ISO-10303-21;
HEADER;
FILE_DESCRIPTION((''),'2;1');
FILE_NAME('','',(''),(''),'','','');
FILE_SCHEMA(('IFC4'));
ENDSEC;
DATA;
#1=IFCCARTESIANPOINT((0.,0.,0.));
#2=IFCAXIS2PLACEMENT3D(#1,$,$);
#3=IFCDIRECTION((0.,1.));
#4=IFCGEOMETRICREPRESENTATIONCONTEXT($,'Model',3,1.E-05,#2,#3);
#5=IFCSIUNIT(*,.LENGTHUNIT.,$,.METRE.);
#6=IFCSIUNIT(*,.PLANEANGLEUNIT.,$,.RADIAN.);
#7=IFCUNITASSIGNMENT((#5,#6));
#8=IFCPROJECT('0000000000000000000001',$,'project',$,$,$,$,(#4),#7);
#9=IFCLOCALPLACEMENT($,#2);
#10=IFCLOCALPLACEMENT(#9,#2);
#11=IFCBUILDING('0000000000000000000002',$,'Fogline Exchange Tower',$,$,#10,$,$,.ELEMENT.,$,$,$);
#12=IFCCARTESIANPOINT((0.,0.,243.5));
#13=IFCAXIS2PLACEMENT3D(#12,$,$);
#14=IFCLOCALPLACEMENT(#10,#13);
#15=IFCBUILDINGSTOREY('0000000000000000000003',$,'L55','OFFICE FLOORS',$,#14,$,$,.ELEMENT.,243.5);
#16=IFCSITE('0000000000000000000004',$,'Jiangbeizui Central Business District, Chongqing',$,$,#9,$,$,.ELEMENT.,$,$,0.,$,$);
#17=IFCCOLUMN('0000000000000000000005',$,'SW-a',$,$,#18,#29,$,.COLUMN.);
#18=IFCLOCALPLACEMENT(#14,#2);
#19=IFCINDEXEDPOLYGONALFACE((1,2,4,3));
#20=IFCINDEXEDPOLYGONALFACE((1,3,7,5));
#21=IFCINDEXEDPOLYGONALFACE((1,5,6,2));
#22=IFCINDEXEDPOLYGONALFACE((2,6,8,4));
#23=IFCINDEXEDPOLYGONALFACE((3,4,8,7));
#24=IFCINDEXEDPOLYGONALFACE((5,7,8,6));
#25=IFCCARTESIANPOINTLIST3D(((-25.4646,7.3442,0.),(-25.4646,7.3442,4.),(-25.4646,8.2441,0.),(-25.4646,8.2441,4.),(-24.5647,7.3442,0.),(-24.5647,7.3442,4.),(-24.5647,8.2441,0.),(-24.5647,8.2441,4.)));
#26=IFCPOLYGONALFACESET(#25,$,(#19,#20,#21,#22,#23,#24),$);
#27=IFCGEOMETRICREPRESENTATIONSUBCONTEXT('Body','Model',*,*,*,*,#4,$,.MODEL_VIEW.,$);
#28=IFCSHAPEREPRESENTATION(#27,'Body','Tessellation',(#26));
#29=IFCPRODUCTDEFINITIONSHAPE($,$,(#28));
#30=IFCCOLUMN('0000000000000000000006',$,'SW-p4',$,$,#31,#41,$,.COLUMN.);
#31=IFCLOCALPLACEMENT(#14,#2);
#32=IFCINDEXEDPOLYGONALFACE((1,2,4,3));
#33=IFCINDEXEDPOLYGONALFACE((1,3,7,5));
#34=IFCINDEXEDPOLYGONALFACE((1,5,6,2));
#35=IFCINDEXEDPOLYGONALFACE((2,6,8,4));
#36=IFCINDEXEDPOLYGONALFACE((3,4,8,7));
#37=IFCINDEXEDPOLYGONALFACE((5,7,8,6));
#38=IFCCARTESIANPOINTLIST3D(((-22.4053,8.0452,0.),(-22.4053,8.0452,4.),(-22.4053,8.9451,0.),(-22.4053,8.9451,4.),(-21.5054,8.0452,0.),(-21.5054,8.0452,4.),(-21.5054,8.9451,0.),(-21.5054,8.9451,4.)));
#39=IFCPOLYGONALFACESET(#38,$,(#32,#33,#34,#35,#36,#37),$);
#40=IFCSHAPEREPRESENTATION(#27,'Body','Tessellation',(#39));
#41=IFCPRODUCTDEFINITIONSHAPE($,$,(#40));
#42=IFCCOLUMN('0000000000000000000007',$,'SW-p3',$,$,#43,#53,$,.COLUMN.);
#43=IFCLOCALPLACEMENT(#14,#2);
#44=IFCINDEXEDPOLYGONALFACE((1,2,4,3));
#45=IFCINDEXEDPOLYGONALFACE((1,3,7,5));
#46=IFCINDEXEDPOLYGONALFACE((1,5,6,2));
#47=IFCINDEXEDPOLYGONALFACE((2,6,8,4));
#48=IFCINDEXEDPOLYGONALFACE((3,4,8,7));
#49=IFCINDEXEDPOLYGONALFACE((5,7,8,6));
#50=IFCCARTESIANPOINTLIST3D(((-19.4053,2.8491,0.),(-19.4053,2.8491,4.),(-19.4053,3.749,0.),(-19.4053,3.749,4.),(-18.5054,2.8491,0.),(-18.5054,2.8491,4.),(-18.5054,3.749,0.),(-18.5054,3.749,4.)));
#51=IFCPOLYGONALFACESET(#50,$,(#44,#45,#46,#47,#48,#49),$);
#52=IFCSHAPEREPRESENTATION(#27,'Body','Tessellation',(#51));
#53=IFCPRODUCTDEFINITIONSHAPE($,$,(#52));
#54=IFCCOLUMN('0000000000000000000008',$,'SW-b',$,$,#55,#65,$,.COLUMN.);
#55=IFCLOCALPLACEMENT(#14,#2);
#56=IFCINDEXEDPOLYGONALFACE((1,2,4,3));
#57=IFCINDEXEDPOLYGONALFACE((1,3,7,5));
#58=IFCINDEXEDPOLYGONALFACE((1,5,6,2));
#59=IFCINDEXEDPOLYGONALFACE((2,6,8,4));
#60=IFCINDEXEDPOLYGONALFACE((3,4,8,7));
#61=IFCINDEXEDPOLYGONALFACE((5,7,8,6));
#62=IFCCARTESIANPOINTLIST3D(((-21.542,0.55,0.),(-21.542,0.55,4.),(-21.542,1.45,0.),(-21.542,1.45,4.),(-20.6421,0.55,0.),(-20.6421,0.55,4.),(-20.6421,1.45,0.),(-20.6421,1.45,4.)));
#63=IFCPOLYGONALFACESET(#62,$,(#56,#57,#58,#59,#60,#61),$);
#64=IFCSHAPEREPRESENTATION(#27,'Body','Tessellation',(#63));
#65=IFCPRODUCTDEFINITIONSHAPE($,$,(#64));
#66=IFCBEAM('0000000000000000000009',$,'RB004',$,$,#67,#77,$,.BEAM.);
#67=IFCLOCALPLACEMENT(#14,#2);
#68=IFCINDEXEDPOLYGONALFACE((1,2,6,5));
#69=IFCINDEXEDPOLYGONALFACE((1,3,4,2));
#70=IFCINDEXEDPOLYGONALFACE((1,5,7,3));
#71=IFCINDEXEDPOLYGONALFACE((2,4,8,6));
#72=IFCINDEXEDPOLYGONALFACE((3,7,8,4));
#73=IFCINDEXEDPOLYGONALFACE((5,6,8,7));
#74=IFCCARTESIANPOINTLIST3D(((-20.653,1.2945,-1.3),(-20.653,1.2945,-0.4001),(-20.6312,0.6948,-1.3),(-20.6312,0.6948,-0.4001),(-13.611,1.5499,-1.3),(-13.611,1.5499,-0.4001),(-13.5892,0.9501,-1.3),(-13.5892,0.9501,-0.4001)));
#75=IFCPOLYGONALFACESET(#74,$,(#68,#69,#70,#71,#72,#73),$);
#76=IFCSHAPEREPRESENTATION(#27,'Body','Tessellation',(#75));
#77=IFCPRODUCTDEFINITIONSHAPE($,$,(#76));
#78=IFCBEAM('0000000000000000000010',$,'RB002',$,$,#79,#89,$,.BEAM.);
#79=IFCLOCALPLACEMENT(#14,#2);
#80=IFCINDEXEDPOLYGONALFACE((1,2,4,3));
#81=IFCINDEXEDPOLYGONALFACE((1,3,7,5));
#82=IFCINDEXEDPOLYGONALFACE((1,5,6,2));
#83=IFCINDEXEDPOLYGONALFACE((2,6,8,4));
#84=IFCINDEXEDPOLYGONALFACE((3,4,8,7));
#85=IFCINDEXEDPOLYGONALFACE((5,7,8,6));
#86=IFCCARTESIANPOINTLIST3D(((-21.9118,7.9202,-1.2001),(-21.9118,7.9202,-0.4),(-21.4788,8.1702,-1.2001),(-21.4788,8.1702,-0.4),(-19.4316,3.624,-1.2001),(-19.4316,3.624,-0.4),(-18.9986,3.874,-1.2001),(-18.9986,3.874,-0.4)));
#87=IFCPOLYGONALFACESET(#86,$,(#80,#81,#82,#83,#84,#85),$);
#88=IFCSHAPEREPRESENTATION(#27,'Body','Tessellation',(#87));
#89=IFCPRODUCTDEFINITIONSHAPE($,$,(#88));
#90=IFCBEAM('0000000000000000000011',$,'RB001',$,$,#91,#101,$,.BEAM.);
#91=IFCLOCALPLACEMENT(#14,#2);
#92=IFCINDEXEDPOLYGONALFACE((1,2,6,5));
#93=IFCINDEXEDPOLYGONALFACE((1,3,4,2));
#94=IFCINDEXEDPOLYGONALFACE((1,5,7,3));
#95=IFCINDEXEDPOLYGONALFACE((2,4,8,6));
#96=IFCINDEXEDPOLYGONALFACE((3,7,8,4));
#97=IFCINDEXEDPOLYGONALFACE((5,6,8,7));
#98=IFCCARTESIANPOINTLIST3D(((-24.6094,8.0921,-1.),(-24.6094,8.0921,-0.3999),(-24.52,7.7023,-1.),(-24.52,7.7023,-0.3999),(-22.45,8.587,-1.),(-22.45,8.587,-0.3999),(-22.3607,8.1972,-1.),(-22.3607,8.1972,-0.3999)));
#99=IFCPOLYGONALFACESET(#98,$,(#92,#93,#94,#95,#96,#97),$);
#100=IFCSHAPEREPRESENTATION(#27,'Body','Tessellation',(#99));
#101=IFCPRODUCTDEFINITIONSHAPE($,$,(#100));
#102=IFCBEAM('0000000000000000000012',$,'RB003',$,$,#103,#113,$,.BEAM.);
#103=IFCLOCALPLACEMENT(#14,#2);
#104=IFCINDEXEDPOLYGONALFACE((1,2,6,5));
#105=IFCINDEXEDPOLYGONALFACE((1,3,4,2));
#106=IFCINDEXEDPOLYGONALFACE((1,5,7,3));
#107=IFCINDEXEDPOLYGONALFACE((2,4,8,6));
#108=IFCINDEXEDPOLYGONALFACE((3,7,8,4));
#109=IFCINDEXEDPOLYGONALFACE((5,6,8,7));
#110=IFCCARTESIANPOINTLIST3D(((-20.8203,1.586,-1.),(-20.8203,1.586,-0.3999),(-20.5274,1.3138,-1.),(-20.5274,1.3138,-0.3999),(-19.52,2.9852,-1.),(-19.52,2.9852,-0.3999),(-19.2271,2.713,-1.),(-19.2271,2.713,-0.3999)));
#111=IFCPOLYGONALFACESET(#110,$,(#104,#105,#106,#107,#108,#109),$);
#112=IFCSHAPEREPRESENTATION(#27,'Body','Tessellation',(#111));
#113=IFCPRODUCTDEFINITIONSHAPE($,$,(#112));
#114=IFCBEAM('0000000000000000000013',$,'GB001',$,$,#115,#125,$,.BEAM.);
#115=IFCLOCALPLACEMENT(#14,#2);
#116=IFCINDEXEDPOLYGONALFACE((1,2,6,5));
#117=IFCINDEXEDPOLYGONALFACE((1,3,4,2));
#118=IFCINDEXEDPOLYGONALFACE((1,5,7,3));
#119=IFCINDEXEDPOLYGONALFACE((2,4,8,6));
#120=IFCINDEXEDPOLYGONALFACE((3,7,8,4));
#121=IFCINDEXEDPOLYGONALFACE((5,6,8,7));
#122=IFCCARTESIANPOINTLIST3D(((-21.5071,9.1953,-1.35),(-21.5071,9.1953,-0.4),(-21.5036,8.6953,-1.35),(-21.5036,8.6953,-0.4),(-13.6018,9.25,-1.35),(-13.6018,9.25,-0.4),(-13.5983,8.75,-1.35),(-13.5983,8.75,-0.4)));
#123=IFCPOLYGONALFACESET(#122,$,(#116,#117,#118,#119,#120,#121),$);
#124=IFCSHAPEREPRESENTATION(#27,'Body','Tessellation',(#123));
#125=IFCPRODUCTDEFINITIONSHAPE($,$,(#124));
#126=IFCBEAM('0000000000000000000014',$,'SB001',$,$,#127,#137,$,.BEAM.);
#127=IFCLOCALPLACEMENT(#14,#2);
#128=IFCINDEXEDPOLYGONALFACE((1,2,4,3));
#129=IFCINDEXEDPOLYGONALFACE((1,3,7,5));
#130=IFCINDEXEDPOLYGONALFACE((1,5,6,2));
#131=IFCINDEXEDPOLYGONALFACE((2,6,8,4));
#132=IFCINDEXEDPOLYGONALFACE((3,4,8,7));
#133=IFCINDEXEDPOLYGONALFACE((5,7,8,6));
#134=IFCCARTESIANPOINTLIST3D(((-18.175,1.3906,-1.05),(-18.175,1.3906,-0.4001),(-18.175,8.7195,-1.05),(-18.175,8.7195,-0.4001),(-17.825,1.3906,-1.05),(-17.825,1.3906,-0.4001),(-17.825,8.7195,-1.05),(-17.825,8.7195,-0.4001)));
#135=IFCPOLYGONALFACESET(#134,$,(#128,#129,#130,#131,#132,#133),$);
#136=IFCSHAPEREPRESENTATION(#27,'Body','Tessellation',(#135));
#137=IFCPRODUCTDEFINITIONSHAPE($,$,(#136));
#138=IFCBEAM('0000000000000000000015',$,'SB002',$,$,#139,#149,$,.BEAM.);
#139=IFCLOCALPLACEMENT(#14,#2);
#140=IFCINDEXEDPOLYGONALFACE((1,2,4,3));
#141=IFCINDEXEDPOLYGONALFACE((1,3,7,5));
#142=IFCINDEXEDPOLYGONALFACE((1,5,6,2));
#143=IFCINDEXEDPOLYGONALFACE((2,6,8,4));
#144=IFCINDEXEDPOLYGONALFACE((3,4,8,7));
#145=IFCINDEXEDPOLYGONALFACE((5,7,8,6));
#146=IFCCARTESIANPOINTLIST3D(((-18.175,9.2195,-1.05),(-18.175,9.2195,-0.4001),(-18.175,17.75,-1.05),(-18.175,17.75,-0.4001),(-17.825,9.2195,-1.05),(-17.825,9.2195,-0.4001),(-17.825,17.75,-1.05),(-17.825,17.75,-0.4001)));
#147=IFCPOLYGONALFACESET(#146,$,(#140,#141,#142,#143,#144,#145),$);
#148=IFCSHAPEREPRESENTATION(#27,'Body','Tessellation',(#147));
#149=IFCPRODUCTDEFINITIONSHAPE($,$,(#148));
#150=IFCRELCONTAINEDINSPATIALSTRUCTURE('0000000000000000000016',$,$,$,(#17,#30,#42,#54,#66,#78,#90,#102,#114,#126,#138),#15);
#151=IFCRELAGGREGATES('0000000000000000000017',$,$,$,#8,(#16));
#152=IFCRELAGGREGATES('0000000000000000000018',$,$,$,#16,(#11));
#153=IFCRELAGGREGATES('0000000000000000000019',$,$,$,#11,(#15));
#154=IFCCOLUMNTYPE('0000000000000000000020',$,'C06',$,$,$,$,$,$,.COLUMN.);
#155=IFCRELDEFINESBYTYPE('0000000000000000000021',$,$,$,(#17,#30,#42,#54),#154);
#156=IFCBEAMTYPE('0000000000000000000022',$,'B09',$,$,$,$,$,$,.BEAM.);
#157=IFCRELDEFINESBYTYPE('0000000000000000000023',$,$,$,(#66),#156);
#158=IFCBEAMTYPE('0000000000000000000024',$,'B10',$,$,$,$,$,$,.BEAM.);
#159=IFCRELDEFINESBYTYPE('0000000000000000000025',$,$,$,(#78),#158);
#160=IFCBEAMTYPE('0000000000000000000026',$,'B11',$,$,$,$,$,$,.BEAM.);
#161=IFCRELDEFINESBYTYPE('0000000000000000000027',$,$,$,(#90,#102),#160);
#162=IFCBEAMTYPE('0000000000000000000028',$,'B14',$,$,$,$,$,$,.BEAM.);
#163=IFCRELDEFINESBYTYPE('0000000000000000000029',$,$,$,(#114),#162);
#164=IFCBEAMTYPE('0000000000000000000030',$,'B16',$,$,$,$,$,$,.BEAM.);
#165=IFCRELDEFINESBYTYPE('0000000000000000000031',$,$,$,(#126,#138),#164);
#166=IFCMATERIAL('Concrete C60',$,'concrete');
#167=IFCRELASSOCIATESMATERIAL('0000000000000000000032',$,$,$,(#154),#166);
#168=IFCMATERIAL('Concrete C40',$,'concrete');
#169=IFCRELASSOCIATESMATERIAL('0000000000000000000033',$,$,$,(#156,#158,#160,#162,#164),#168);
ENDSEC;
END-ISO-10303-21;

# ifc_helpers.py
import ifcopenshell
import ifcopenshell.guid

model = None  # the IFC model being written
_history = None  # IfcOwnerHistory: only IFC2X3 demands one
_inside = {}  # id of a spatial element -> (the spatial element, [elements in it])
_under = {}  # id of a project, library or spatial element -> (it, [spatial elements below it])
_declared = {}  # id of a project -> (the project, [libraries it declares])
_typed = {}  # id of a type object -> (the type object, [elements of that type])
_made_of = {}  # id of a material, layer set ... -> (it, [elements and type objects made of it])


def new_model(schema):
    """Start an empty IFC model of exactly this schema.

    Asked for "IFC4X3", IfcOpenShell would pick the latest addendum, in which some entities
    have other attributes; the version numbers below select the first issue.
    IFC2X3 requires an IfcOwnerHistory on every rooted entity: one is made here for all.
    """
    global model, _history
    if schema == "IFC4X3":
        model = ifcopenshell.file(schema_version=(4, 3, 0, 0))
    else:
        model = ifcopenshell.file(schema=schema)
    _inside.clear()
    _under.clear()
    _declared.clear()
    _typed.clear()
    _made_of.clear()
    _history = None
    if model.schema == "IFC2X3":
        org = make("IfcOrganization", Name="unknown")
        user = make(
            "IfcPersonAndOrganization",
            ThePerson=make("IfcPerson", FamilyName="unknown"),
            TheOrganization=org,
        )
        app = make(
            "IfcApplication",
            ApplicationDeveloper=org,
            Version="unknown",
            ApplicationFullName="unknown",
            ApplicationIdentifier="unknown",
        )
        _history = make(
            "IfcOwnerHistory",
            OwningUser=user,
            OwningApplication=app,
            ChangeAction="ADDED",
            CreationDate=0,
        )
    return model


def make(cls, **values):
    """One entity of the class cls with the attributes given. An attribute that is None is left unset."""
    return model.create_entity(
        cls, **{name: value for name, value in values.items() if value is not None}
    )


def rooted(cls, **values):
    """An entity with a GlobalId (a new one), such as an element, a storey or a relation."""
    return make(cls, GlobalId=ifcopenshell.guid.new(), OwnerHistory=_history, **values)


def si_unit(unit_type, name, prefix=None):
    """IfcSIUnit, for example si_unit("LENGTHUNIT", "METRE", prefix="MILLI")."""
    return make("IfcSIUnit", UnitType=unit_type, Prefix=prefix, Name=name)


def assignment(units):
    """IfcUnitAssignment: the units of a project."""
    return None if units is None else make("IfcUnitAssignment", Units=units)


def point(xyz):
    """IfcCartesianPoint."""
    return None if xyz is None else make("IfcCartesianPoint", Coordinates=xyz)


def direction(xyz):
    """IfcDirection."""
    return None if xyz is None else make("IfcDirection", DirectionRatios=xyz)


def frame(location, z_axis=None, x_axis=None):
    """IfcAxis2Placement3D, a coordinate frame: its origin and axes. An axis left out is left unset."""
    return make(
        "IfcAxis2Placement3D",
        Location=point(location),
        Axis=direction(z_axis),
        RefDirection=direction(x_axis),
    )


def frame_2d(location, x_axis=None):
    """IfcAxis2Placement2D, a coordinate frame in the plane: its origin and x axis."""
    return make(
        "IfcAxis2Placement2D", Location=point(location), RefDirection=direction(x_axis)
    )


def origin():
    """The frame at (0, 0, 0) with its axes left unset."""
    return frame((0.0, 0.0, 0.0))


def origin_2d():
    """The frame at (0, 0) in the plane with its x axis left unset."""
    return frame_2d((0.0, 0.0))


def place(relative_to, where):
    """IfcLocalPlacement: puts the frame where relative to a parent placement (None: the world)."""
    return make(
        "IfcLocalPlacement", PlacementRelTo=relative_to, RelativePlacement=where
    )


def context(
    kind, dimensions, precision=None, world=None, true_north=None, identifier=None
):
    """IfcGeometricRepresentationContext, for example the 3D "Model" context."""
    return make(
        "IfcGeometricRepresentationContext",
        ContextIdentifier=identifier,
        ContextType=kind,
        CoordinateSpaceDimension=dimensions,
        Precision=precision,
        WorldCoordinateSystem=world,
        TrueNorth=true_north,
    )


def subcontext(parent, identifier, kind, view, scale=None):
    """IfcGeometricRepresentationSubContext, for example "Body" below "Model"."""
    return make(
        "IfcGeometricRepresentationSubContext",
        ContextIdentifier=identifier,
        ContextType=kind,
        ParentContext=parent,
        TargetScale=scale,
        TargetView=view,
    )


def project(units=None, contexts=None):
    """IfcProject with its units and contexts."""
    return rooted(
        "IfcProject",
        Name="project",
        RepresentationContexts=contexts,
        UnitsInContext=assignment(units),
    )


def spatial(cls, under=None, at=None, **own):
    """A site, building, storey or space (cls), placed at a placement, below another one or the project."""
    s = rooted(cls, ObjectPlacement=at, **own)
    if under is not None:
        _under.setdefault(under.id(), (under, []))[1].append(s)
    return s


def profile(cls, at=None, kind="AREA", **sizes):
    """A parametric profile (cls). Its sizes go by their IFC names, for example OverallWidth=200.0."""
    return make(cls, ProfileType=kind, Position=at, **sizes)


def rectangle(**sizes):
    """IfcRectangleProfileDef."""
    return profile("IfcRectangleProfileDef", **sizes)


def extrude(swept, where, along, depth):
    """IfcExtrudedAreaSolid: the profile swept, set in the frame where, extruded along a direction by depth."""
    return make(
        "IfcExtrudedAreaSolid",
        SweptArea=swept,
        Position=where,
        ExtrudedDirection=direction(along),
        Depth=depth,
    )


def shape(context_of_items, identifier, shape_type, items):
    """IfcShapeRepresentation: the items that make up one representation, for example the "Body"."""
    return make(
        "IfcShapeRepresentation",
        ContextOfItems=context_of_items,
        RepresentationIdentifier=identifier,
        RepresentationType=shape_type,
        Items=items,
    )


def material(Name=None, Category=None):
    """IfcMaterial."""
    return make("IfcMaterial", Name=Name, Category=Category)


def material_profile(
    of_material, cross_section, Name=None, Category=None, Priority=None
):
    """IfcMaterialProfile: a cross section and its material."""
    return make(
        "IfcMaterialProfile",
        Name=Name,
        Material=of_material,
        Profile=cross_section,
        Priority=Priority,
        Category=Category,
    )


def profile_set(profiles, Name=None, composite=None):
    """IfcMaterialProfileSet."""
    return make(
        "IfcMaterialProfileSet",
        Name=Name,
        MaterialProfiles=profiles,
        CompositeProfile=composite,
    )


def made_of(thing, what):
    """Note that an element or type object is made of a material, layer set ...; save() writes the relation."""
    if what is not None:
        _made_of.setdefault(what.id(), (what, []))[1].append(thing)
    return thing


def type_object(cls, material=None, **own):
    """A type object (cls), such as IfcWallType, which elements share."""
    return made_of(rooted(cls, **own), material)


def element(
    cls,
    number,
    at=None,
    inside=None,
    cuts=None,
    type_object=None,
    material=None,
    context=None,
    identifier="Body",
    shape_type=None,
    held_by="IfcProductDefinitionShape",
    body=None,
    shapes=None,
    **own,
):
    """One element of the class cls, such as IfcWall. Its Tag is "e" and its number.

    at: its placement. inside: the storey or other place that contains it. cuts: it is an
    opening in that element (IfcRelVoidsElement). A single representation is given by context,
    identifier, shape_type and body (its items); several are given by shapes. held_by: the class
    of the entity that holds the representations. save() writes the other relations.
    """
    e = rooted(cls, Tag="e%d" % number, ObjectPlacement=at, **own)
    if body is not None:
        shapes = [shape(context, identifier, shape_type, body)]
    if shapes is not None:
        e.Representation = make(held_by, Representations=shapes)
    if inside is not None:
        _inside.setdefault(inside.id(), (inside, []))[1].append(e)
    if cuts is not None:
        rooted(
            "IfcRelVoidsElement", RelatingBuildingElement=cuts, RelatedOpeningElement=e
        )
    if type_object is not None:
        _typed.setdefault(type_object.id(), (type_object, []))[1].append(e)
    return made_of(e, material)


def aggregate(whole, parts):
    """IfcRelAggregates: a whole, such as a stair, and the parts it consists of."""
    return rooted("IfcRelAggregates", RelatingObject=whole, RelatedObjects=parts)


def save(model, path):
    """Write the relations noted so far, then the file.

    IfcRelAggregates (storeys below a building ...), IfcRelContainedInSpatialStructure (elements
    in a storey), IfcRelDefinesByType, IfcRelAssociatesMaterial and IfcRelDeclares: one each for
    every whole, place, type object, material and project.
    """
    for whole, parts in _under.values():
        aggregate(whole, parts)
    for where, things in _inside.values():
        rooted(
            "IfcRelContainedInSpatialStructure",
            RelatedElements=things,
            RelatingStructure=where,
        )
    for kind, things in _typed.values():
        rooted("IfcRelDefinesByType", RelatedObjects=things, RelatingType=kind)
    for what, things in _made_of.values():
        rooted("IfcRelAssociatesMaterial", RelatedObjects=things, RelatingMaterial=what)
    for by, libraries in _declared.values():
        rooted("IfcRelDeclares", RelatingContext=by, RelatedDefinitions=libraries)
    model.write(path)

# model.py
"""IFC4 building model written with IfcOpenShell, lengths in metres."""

from ifc_helpers import new_model, si_unit, direction, frame, origin, origin_2d, place, context, subcontext, project, spatial, rectangle, extrude, material, material_profile, profile_set, type_object, element, save


model = new_model("IFC4")

# Units and contexts
model_context = context("Model", 3, precision=1e-05, world=origin(), true_north=direction((0.0, 1.0)))
body_context = subcontext(model_context, "Body", "Model", "MODEL_VIEW")
ifc_project = project(units=[si_unit("LENGTHUNIT", "METRE"), si_unit("PLANEANGLEUNIT", "RADIAN")], contexts=[model_context])

# Site, building, storey
site_placement = place(None, origin())
site = spatial("IfcSite", under=ifc_project, at=site_placement, Name="Jiangbeizui Central Business District, Chongqing", CompositionType="ELEMENT", RefElevation=0.0)
building_placement = place(site_placement, origin())
building = spatial("IfcBuilding", under=site, at=building_placement, Name="Fogline Exchange Tower", CompositionType="ELEMENT")
storey_placement = place(building_placement, frame((0.0, 0.0, 243.5)))
storey = spatial("IfcBuildingStorey", under=building, at=storey_placement, Name="L55", Description="OFFICE FLOORS", CompositionType="ELEMENT", Elevation=243.5)

# Columns
ifc_material_1 = material(Name="Concrete C60", Category="concrete")
ifc_material_profile_1 = material_profile(ifc_material_1, rectangle(XDim=0.8999, YDim=0.8999, at=origin_2d()), Name="RC 900x900")
ifc_profile_set_1 = profile_set([ifc_material_profile_1], Name="Concrete C60")
column_type = type_object("IfcColumnType", Name="C06", PredefinedType="COLUMN", material=ifc_profile_set_1)
for number, where, z_axis, x_axis, name in (
    (1, (-25.0146, 7.7942, 0.0), (0.0, 0.0, 1.0), (1.0, 0.0, 0.0), "SW-a"),
    (2, (-21.9553, 8.4951, 0.0), (0.0, 0.0, 1.0), (1.0, 0.0, 0.0), "SW-p4"),
    (3, (-18.9553, 3.2991, 0.0), (0.0, 0.0, 1.0), (1.0, 0.0, 0.0), "SW-p3"),
    (4, (-21.092, 1.0, 0.0), (0.0, 0.0, 1.0), (1.0, 0.0, 0.0), "SW-b"),
):
    element("IfcColumn", number, at=place(storey_placement, frame(where, z_axis=z_axis, x_axis=x_axis)), inside=storey, type_object=column_type, Name=name, PredefinedType="COLUMN", context=body_context, shape_type="SweptSolid", body=[
        extrude(rectangle(XDim=0.8999, YDim=0.8999, at=origin_2d()), origin(), (0.0, 0.0, 1.0), 4.0),
    ])

# Beams
ifc_material_2 = material(Name="Concrete C40", Category="concrete")
ifc_material_profile_2 = material_profile(ifc_material_2, rectangle(XDim=0.6001, YDim=0.8999, at=origin_2d()), Name="RC 600x900")
ifc_profile_set_2 = profile_set([ifc_material_profile_2], Name="Concrete C40")
beam_type_1 = type_object("IfcBeamType", Name="B09", PredefinedType="BEAM", material=ifc_profile_set_2)
beam_1_placement = place(storey_placement, frame((-20.6421, 0.9946, -0.8501), z_axis=(0.999343, 0.03624, 0.0), x_axis=(-0.03624, 0.999343, 0.0)))
element("IfcBeam", 5, at=beam_1_placement, inside=storey, type_object=beam_type_1, Name="RB004", PredefinedType="BEAM", context=body_context, shape_type="SweptSolid", body=[
    extrude(rectangle(XDim=0.6001, YDim=0.8999, at=origin_2d()), origin(), (0.0, 0.0, 1.0), 7.0466),
])
ifc_material_profile_3 = material_profile(ifc_material_2, rectangle(XDim=0.5, YDim=0.8, at=origin_2d()), Name="RC 500x800")
ifc_profile_set_3 = profile_set([ifc_material_profile_3], Name="Concrete C40")
beam_type_2 = type_object("IfcBeamType", Name="B10", PredefinedType="BEAM", material=ifc_profile_set_3)
beam_2_placement = place(storey_placement, frame((-21.6953, 8.0452, -0.8), z_axis=(0.499977, -0.866039, 0.0), x_axis=(0.866039, 0.499977, 0.0)))
element("IfcBeam", 6, at=beam_2_placement, inside=storey, type_object=beam_type_2, Name="RB002", PredefinedType="BEAM", context=body_context, shape_type="SweptSolid", body=[
    extrude(rectangle(XDim=0.5, YDim=0.8, at=origin_2d()), origin(), (0.0, 0.0, 1.0), 4.9607),
])
ifc_material_profile_4 = material_profile(ifc_material_2, rectangle(XDim=0.3999, YDim=0.6001, at=origin_2d()), Name="RC 400x600")
ifc_profile_set_4 = profile_set([ifc_material_profile_4], Name="Concrete C40")
beam_type_3 = type_object("IfcBeamType", Name="B11", PredefinedType="BEAM", material=ifc_profile_set_4)
beam_3_placement = place(storey_placement, frame((-24.5647, 7.8972, -0.7), z_axis=(0.974732, 0.223378, 0.0), x_axis=(-0.223378, 0.974732, 0.0)))
element("IfcBeam", 7, at=beam_3_placement, inside=storey, type_object=beam_type_3, Name="RB001", PredefinedType="BEAM", context=body_context, shape_type="SweptSolid", body=[
    extrude(rectangle(XDim=0.3999, YDim=0.6001, at=origin_2d()), origin(), (0.0, 0.0, 1.0), 2.2153),
])
beam_4_placement = place(storey_placement, frame((-19.3735, 2.8491, -0.7), z_axis=(-0.68075, -0.732516, 0.0), x_axis=(0.732516, -0.68075, 0.0)))
element("IfcBeam", 8, at=beam_4_placement, inside=storey, type_object=beam_type_3, Name="RB003", PredefinedType="BEAM", context=body_context, shape_type="SweptSolid", body=[
    extrude(rectangle(XDim=0.3999, YDim=0.6001, at=origin_2d()), origin(), (0.0, 0.0, 1.0), 1.9102),
])
ifc_material_profile_5 = material_profile(ifc_material_2, rectangle(XDim=0.5, YDim=0.95, at=origin_2d()), Name="RC 500x950")
ifc_profile_set_5 = profile_set([ifc_material_profile_5], Name="Concrete C40")
beam_type_4 = type_object("IfcBeamType", Name="B14", PredefinedType="BEAM", material=ifc_profile_set_5)
beam_5_placement = place(storey_placement, frame((-21.5054, 8.9453, -0.875), z_axis=(0.999976, 0.006918, 0.0), x_axis=(-0.006918, 0.999976, 0.0)))
element("IfcBeam", 9, at=beam_5_placement, inside=storey, type_object=beam_type_4, Name="GB001", PredefinedType="BEAM", context=body_context, shape_type="SweptSolid", body=[
    extrude(rectangle(XDim=0.5, YDim=0.95, at=origin_2d()), origin(), (0.0, 0.0, 1.0), 7.9055),
])
ifc_material_profile_6 = material_profile(ifc_material_2, rectangle(XDim=0.3501, YDim=0.6499, at=origin_2d()), Name="RC 350x650")
ifc_profile_set_6 = profile_set([ifc_material_profile_6], Name="Concrete C40")
beam_type_5 = type_object("IfcBeamType", Name="B16", PredefinedType="BEAM", material=ifc_profile_set_6)
beam_6_placement = place(storey_placement, frame((-18.0, 1.3906, -0.7251), z_axis=(0.0, 1.0, 0.0), x_axis=(-1.0, 0.0, 0.0)))
element("IfcBeam", 10, at=beam_6_placement, inside=storey, type_object=beam_type_5, Name="SB001", PredefinedType="BEAM", context=body_context, shape_type="SweptSolid", body=[
    extrude(rectangle(XDim=0.3501, YDim=0.6499, at=origin_2d()), origin(), (0.0, 0.0, 1.0), 7.3289),
])
beam_7_placement = place(storey_placement, frame((-18.0, 9.2195, -0.7251), z_axis=(0.0, 1.0, 0.0), x_axis=(-1.0, 0.0, 0.0)))
element("IfcBeam", 11, at=beam_7_placement, inside=storey, type_object=beam_type_5, Name="SB002", PredefinedType="BEAM", context=body_context, shape_type="SweptSolid", body=[
    extrude(rectangle(XDim=0.3501, YDim=0.6499, at=origin_2d()), origin(), (0.0, 0.0, 1.0), 8.5305),
])

save(model, "model.ifc")
